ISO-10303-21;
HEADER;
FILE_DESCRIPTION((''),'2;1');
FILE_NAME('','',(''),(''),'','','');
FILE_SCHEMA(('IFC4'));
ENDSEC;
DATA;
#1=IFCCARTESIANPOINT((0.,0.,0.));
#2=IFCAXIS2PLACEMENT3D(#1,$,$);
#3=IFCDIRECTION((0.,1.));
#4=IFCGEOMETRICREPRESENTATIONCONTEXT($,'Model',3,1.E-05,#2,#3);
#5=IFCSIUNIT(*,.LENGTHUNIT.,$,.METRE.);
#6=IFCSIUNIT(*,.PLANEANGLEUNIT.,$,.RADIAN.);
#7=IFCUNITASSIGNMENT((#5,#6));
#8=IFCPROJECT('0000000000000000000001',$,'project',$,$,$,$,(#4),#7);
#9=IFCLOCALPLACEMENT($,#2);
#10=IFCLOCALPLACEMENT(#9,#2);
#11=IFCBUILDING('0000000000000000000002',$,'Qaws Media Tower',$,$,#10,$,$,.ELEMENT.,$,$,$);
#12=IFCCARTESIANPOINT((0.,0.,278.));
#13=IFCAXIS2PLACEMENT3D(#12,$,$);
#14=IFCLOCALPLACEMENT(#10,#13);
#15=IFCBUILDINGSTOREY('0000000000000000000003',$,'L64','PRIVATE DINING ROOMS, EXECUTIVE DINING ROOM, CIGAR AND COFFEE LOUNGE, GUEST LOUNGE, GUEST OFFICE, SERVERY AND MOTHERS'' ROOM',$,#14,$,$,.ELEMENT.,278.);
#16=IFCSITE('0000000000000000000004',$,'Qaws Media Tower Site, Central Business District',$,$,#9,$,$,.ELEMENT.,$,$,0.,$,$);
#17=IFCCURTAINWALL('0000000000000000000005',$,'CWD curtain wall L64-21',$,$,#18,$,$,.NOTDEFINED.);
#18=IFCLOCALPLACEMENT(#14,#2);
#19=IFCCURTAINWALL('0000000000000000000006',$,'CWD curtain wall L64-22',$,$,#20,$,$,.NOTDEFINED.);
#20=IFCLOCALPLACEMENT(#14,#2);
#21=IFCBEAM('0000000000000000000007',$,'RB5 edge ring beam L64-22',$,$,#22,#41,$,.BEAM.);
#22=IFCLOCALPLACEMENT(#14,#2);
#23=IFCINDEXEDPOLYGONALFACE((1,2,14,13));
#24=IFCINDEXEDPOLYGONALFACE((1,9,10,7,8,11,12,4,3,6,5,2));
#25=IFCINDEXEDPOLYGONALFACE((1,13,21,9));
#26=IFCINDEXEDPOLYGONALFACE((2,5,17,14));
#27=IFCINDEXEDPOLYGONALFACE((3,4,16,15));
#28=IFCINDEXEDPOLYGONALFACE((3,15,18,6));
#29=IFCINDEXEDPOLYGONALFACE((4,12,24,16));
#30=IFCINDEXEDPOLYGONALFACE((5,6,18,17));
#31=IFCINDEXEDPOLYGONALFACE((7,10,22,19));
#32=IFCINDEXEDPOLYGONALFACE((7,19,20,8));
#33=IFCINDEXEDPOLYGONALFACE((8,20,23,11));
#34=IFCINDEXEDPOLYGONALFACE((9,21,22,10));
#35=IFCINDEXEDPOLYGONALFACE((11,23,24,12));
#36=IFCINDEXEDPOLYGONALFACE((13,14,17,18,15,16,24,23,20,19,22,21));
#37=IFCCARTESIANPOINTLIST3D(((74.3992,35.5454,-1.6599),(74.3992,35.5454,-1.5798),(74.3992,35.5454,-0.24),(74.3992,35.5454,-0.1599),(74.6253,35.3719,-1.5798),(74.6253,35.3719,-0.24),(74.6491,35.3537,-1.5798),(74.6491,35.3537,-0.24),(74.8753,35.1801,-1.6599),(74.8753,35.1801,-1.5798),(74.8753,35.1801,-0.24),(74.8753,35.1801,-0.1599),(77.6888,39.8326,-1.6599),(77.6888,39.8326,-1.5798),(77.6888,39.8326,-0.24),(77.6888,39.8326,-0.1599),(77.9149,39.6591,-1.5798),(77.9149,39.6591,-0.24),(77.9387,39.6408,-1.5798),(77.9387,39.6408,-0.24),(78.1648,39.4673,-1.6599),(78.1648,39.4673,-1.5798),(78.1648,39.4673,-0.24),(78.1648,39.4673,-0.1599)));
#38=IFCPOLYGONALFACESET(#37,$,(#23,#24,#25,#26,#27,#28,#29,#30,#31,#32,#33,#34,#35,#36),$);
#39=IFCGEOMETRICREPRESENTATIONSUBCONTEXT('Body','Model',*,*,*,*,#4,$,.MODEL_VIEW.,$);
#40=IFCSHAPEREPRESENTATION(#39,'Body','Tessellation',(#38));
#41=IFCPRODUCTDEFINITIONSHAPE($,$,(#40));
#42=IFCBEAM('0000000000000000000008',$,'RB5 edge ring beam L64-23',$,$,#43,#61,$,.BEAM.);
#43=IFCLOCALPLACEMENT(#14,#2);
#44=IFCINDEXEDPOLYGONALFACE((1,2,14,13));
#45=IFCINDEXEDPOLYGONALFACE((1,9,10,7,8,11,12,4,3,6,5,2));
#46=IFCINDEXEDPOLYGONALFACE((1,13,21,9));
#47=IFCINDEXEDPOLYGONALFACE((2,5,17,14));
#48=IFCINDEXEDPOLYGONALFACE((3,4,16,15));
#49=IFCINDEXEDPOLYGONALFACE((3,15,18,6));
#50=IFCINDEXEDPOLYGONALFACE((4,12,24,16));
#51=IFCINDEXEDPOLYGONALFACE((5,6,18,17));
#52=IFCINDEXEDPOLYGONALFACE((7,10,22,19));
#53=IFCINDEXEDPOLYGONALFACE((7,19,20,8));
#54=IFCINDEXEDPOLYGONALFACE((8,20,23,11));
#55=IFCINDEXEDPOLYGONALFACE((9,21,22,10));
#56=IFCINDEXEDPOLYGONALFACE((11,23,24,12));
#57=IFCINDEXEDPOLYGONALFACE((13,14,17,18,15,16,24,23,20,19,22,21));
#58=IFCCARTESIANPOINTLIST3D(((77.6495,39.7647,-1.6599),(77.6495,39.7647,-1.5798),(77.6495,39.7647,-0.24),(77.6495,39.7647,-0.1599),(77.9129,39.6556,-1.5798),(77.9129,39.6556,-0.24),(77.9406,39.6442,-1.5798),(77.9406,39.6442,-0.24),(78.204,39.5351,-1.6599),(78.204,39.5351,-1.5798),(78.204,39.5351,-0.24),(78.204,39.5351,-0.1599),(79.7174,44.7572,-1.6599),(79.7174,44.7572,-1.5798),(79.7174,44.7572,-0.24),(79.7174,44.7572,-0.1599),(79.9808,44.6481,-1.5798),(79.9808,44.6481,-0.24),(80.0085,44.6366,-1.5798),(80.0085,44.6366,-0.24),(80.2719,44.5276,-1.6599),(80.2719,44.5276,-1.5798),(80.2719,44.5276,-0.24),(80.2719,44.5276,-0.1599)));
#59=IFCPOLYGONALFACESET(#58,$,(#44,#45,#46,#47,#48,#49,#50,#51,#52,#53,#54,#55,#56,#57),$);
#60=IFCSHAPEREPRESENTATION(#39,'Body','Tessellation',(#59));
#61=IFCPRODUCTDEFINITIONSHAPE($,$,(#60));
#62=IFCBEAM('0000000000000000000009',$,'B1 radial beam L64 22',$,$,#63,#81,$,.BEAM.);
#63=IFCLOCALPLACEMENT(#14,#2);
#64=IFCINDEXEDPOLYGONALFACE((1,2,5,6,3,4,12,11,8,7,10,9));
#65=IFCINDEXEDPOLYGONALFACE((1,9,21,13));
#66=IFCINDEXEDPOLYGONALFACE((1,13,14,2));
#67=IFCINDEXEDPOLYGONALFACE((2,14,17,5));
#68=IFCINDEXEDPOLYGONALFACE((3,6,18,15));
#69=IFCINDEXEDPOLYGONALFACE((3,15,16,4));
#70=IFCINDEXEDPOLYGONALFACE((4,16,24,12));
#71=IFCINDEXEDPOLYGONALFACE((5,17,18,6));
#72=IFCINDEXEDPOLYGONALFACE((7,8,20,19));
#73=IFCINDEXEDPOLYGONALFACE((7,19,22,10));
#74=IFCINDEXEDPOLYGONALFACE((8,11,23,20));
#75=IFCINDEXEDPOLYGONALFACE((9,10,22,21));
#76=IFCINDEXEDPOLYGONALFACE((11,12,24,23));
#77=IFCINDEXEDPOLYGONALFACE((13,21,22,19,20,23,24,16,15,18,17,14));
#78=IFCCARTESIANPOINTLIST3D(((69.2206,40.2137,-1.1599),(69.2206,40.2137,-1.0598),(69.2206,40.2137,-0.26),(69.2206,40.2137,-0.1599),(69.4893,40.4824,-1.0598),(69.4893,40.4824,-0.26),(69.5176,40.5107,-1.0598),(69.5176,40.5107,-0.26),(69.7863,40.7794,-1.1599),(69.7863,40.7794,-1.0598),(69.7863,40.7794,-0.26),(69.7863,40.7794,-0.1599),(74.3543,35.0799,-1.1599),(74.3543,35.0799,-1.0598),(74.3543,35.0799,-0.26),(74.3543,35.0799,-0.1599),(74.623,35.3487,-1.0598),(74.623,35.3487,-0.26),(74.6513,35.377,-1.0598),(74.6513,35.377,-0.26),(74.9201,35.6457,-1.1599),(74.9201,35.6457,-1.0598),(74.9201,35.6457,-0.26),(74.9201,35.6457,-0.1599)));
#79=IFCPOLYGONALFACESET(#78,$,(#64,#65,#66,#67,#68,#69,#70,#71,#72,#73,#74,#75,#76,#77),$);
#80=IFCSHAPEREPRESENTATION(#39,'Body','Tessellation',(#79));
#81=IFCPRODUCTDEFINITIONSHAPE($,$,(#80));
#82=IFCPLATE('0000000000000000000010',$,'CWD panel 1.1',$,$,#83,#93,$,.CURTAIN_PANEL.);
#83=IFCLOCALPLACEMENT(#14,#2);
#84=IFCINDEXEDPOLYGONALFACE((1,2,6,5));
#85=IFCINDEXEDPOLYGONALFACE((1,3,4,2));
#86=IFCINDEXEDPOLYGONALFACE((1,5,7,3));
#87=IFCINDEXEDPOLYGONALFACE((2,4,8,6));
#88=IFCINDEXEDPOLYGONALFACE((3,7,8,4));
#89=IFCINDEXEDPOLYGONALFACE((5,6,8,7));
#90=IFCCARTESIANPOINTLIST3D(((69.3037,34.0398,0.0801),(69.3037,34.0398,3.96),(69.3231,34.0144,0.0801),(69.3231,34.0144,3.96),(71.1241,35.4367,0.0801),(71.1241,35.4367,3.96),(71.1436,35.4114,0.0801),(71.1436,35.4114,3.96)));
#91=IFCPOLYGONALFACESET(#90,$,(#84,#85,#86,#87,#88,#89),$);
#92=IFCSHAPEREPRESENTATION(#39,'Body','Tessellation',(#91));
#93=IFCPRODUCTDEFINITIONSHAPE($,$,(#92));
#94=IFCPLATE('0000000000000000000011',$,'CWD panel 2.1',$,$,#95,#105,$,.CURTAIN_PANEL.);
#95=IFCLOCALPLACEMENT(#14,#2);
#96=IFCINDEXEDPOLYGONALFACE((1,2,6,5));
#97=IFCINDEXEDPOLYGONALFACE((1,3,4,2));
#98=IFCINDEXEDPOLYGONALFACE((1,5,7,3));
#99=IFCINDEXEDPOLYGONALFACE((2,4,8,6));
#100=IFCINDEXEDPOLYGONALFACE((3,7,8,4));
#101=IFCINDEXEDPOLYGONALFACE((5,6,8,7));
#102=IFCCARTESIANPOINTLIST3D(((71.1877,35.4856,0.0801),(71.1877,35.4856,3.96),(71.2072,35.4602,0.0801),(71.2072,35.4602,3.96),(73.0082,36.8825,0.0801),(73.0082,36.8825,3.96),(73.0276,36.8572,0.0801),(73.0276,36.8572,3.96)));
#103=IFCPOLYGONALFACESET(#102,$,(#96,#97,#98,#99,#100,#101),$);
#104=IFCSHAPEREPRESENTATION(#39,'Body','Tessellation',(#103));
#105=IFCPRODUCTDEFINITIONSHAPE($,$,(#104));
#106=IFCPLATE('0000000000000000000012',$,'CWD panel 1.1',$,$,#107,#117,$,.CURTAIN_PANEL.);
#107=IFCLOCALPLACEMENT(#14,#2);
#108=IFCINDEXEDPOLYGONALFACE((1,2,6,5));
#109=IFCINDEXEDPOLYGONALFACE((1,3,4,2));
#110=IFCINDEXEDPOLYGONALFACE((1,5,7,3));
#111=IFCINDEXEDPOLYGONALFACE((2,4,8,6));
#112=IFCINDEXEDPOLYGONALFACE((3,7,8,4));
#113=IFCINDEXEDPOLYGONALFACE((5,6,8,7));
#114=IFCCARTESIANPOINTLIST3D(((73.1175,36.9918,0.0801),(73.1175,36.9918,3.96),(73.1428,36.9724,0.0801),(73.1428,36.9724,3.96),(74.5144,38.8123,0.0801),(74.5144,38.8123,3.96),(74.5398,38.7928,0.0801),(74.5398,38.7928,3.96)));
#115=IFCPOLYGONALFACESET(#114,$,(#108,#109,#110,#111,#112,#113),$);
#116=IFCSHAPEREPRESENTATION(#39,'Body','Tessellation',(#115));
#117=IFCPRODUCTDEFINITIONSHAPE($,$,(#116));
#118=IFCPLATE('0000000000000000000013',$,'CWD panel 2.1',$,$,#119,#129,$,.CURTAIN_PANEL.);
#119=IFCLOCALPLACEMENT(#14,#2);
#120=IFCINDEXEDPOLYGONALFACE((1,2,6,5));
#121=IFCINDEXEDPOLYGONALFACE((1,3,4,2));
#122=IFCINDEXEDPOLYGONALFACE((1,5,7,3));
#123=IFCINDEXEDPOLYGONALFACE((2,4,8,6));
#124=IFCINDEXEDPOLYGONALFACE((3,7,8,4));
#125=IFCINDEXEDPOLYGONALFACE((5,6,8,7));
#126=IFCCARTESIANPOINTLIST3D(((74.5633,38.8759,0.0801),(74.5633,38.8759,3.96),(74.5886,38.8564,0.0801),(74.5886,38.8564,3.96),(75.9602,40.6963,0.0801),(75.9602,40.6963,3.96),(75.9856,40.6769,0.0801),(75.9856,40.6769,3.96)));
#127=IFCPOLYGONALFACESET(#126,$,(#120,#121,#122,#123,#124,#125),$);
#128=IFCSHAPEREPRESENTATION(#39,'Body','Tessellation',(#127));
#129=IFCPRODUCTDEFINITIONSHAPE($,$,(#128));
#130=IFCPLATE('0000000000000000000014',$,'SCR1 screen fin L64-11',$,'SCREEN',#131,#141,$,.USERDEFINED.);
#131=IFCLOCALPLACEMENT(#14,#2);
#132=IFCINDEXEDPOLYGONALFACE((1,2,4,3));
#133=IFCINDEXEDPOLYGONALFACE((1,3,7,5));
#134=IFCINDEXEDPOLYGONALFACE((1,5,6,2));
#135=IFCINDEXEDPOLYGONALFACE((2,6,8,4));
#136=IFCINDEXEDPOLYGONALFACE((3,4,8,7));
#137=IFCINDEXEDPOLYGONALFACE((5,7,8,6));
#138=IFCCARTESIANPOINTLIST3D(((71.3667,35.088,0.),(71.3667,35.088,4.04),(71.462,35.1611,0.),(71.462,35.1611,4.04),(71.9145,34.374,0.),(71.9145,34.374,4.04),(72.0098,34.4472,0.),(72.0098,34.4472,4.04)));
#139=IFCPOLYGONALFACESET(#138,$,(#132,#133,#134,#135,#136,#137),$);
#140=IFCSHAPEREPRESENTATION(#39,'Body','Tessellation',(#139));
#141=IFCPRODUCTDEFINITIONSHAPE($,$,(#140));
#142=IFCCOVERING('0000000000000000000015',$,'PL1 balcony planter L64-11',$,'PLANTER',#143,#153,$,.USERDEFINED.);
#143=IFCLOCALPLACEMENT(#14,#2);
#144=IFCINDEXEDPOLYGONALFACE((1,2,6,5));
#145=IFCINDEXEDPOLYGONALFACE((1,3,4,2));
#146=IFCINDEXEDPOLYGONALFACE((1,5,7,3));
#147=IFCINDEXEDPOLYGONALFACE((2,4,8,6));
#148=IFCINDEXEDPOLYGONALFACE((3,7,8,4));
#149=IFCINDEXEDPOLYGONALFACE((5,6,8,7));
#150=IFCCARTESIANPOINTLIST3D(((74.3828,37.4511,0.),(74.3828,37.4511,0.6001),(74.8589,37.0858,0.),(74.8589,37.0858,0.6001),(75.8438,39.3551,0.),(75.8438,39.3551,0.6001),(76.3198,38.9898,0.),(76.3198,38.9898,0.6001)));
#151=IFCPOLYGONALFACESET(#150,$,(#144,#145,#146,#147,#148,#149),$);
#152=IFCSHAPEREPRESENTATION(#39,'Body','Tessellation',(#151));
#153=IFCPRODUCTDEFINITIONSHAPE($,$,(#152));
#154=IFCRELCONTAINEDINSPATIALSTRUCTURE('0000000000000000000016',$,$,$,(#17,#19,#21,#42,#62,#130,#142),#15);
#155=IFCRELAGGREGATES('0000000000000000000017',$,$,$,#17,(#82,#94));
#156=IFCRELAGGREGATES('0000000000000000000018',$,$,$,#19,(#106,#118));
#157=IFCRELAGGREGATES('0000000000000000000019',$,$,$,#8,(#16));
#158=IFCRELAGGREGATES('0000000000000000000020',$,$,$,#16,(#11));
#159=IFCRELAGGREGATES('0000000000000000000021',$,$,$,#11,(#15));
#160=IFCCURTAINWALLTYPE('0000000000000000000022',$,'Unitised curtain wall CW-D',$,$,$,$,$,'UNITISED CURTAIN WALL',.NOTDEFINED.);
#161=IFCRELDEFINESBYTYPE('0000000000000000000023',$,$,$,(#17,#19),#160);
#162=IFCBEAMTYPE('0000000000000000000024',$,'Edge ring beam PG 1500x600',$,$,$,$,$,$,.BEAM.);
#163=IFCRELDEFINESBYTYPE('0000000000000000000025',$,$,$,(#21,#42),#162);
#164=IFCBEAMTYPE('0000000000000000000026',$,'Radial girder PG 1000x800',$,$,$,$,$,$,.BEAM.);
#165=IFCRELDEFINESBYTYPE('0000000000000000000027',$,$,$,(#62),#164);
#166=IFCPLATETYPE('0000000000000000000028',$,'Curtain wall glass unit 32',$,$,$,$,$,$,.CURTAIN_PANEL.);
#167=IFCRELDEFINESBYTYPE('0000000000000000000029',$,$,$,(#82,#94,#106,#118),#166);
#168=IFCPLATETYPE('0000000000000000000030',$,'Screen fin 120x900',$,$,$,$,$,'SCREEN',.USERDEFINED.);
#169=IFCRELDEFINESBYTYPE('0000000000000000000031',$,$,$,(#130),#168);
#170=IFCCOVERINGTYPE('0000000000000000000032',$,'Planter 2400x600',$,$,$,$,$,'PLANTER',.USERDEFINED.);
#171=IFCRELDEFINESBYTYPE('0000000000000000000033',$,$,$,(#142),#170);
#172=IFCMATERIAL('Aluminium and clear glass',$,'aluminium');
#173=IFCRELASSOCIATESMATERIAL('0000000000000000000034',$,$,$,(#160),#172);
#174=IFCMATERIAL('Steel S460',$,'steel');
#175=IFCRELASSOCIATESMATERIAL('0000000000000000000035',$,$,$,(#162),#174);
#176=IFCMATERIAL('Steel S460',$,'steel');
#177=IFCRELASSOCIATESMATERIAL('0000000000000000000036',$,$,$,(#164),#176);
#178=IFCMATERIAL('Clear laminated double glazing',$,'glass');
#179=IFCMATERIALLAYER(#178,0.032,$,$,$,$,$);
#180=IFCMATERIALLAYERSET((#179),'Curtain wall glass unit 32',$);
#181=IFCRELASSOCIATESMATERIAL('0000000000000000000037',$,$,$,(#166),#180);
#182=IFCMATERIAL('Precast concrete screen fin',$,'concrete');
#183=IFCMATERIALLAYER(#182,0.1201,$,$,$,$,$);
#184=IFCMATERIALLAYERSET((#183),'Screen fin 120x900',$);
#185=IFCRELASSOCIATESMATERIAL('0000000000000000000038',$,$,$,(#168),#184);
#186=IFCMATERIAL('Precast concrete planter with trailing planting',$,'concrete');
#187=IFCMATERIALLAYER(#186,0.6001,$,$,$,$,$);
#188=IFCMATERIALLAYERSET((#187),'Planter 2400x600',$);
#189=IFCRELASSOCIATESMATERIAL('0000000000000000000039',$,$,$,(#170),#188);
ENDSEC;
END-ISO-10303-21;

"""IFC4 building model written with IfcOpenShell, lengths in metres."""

from ifc_helpers import new_model, si_unit, direction, frame, origin, origin_2d, place, context, subcontext, project, spatial, rectangle, i_section, extrude, material, layer, layer_set, material_profile, profile_set, type_object, element, aggregate, save


model = new_model("IFC4")

# Units and contexts
model_context = context("Model", 3, precision=1e-05, world=origin(), true_north=direction((0.0, 1.0)))
body_context = subcontext(model_context, "Body", "Model", "MODEL_VIEW")
ifc_project = project(units=[si_unit("LENGTHUNIT", "METRE"), si_unit("PLANEANGLEUNIT", "RADIAN")], contexts=[model_context])

# Site, building, storey
site_placement = place(None, origin())
site = spatial("IfcSite", under=ifc_project, at=site_placement, Name="Qaws Media Tower Site, Central Business District", CompositionType="ELEMENT", RefElevation=0.0)
building_placement = place(site_placement, origin())
building = spatial("IfcBuilding", under=site, at=building_placement, Name="Qaws Media Tower", CompositionType="ELEMENT")
storey_placement = place(building_placement, frame((0.0, 0.0, 278.0)))
storey = spatial("IfcBuildingStorey", under=building, at=storey_placement, Name="L64", Description="PRIVATE DINING ROOMS, EXECUTIVE DINING ROOM, CIGAR AND COFFEE LOUNGE, GUEST LOUNGE, GUEST OFFICE, SERVERY AND MOTHERS' ROOM", CompositionType="ELEMENT", Elevation=278.0)

# Curtain walls
ifc_material_1 = material(Name="Aluminium and clear glass", Category="aluminium")
curtain_wall_type = type_object("IfcCurtainWallType", Name="Unitised curtain wall CW-D", ElementType="UNITISED CURTAIN WALL", PredefinedType="NOTDEFINED", material=ifc_material_1)
curtain_wall_1_placement = place(storey_placement, origin())
curtain_wall_1 = element("IfcCurtainWall", 1, at=curtain_wall_1_placement, inside=storey, type_object=curtain_wall_type, Name="CWD curtain wall L64-21", PredefinedType="NOTDEFINED")
curtain_wall_2_placement = place(storey_placement, origin())
curtain_wall_2 = element("IfcCurtainWall", 2, at=curtain_wall_2_placement, inside=storey, type_object=curtain_wall_type, Name="CWD curtain wall L64-22", PredefinedType="NOTDEFINED")

# Beams
ifc_material_2 = material(Name="Steel S460", Category="steel")
ifc_material_profile_1 = material_profile(ifc_material_2, i_section(OverallWidth=0.6001, OverallDepth=1.5, WebThickness=0.03, FlangeThickness=0.0801, at=origin_2d()), Name="PG 1500x600")
ifc_profile_set_1 = profile_set([ifc_material_profile_1], Name="Steel S460")
beam_type_1 = type_object("IfcBeamType", Name="Edge ring beam PG 1500x600", PredefinedType="BEAM", material=ifc_profile_set_1)
for number, where, z_axis, x_axis, name in (
    (3, (74.6372, 35.3628, -0.9099), (0.608754, 0.793359, 0.0), (-0.793359, 0.608754, 0.0), "RB5 edge ring beam L64-22"),
    (4, (77.9268, 39.6499, -0.9099), (0.382674, 0.923884, 0.0), (-0.923884, 0.382674, 0.0), "RB5 edge ring beam L64-23"),
):
    element("IfcBeam", number, at=place(storey_placement, frame(where, z_axis=z_axis, x_axis=x_axis)), inside=storey, type_object=beam_type_1, Name=name, PredefinedType="BEAM", context=body_context, shape_type="SweptSolid", body=[
        extrude(i_section(OverallWidth=0.6001, OverallDepth=1.5, WebThickness=0.03, FlangeThickness=0.0801, at=origin_2d()), origin(), (0.0, 0.0, 1.0), 5.4038),
    ])
ifc_material_3 = material(Name="Steel S460", Category="steel")
ifc_material_profile_2 = material_profile(ifc_material_3, i_section(OverallWidth=0.8, OverallDepth=1.0, WebThickness=0.04, FlangeThickness=0.1001, at=origin_2d()), Name="PG 1000x800")
ifc_profile_set_2 = profile_set([ifc_material_profile_2], Name="Steel S460")
beam_type_2 = type_object("IfcBeamType", Name="Radial girder PG 1000x800", PredefinedType="BEAM", material=ifc_profile_set_2)
beam_placement = place(storey_placement, frame((69.5034, 40.4966, -0.6599), z_axis=(0.707107, -0.707107, 0.0), x_axis=(0.707107, 0.707107, 0.0)))
element("IfcBeam", 5, at=beam_placement, inside=storey, type_object=beam_type_2, Name="B1 radial beam L64 22", PredefinedType="BEAM", context=body_context, shape_type="SweptSolid", body=[
    extrude(i_section(OverallWidth=0.8, OverallDepth=1.0, WebThickness=0.04, FlangeThickness=0.1001, at=origin_2d()), origin(), (0.0, 0.0, 1.0), 7.2603),
])

# Plates
ifc_material_4 = material(Name="Clear laminated double glazing", Category="glass")
ifc_layer_1 = layer(ifc_material_4, 0.032)
ifc_layer_set_1 = layer_set([ifc_layer_1], Name="Curtain wall glass unit 32")
plate_type_1 = type_object("IfcPlateType", Name="Curtain wall glass unit 32", PredefinedType="CURTAIN_PANEL", material=ifc_layer_set_1)
plate_1_placement = place(storey_placement, frame((70.2236, 34.7256, 0.0801), z_axis=(0.0, 0.0, 1.0), x_axis=(0.793353, 0.608762, 0.0)))
plate_1 = element("IfcPlate", 6, at=plate_1_placement, type_object=plate_type_1, Name="CWD panel 1.1", PredefinedType="CURTAIN_PANEL", context=body_context, shape_type="SweptSolid", body=[
    extrude(rectangle(XDim=2.2947, YDim=0.032, at=origin_2d()), origin(), (0.0, 0.0, 1.0), 3.8799),
])
plate_2_placement = place(storey_placement, frame((72.1077, 36.1714, 0.0801), z_axis=(0.0, 0.0, 1.0), x_axis=(0.793353, 0.608762, 0.0)))
plate_2 = element("IfcPlate", 7, at=plate_2_placement, type_object=plate_type_1, Name="CWD panel 2.1", PredefinedType="CURTAIN_PANEL", context=body_context, shape_type="SweptSolid", body=[
    extrude(rectangle(XDim=2.2947, YDim=0.032, at=origin_2d()), origin(), (0.0, 0.0, 1.0), 3.8799),
])
aggregate(curtain_wall_1, [plate_1, plate_2])
plate_3_placement = place(storey_placement, frame((73.8286, 37.8923, 0.0801), z_axis=(0.0, 0.0, 1.0), x_axis=(0.608762, 0.793353, 0.0)))
plate_3 = element("IfcPlate", 8, at=plate_3_placement, type_object=plate_type_1, Name="CWD panel 1.1", PredefinedType="CURTAIN_PANEL", context=body_context, shape_type="SweptSolid", body=[
    extrude(rectangle(XDim=2.2947, YDim=0.032, at=origin_2d()), origin(), (0.0, 0.0, 1.0), 3.8799),
])
plate_4_placement = place(storey_placement, frame((75.2744, 39.7764, 0.0801), z_axis=(0.0, 0.0, 1.0), x_axis=(0.608762, 0.793353, 0.0)))
plate_4 = element("IfcPlate", 9, at=plate_4_placement, type_object=plate_type_1, Name="CWD panel 2.1", PredefinedType="CURTAIN_PANEL", context=body_context, shape_type="SweptSolid", body=[
    extrude(rectangle(XDim=2.2947, YDim=0.032, at=origin_2d()), origin(), (0.0, 0.0, 1.0), 3.8799),
])
aggregate(curtain_wall_2, [plate_3, plate_4])
ifc_material_5 = material(Name="Precast concrete screen fin", Category="concrete")
ifc_layer_2 = layer(ifc_material_5, 0.1201)
ifc_layer_set_2 = layer_set([ifc_layer_2], Name="Screen fin 120x900")
plate_type_2 = type_object("IfcPlateType", Name="Screen fin 120x900", ElementType="SCREEN", PredefinedType="USERDEFINED", material=ifc_layer_set_2)
plate_5_placement = place(storey_placement, frame((71.6882, 34.7676, 0.0), z_axis=(0.0, 0.0, 1.0), x_axis=(0.608761, -0.793353, 0.0)))
element("IfcPlate", 10, at=plate_5_placement, inside=storey, type_object=plate_type_2, Name="SCR1 screen fin L64-11", ObjectType="SCREEN", PredefinedType="USERDEFINED", context=body_context, shape_type="SweptSolid", body=[
    extrude(rectangle(XDim=0.8999, YDim=0.1201, at=origin_2d()), origin(), (0.0, 0.0, 1.0), 4.04),
])

# Covering
ifc_material_6 = material(Name="Precast concrete planter with trailing planting", Category="concrete")
ifc_layer_3 = layer(ifc_material_6, 0.6001)
ifc_layer_set_3 = layer_set([ifc_layer_3], Name="Planter 2400x600")
covering_type = type_object("IfcCoveringType", Name="Planter 2400x600", ElementType="PLANTER", PredefinedType="USERDEFINED", material=ifc_layer_set_3)
covering_placement = place(storey_placement, frame((75.3513, 38.2205, 0.0), z_axis=(0.0, 0.0, 1.0), x_axis=(0.608761, 0.793353, 0.0)))
element("IfcCovering", 11, at=covering_placement, inside=storey, type_object=covering_type, Name="PL1 balcony planter L64-11", ObjectType="PLANTER", PredefinedType="USERDEFINED", context=body_context, shape_type="SweptSolid", body=[
    extrude(rectangle(XDim=2.3999, YDim=0.6001, at=origin_2d()), origin(), (0.0, 0.0, 1.0), 0.6001),
])

save(model, "model.ifc")
